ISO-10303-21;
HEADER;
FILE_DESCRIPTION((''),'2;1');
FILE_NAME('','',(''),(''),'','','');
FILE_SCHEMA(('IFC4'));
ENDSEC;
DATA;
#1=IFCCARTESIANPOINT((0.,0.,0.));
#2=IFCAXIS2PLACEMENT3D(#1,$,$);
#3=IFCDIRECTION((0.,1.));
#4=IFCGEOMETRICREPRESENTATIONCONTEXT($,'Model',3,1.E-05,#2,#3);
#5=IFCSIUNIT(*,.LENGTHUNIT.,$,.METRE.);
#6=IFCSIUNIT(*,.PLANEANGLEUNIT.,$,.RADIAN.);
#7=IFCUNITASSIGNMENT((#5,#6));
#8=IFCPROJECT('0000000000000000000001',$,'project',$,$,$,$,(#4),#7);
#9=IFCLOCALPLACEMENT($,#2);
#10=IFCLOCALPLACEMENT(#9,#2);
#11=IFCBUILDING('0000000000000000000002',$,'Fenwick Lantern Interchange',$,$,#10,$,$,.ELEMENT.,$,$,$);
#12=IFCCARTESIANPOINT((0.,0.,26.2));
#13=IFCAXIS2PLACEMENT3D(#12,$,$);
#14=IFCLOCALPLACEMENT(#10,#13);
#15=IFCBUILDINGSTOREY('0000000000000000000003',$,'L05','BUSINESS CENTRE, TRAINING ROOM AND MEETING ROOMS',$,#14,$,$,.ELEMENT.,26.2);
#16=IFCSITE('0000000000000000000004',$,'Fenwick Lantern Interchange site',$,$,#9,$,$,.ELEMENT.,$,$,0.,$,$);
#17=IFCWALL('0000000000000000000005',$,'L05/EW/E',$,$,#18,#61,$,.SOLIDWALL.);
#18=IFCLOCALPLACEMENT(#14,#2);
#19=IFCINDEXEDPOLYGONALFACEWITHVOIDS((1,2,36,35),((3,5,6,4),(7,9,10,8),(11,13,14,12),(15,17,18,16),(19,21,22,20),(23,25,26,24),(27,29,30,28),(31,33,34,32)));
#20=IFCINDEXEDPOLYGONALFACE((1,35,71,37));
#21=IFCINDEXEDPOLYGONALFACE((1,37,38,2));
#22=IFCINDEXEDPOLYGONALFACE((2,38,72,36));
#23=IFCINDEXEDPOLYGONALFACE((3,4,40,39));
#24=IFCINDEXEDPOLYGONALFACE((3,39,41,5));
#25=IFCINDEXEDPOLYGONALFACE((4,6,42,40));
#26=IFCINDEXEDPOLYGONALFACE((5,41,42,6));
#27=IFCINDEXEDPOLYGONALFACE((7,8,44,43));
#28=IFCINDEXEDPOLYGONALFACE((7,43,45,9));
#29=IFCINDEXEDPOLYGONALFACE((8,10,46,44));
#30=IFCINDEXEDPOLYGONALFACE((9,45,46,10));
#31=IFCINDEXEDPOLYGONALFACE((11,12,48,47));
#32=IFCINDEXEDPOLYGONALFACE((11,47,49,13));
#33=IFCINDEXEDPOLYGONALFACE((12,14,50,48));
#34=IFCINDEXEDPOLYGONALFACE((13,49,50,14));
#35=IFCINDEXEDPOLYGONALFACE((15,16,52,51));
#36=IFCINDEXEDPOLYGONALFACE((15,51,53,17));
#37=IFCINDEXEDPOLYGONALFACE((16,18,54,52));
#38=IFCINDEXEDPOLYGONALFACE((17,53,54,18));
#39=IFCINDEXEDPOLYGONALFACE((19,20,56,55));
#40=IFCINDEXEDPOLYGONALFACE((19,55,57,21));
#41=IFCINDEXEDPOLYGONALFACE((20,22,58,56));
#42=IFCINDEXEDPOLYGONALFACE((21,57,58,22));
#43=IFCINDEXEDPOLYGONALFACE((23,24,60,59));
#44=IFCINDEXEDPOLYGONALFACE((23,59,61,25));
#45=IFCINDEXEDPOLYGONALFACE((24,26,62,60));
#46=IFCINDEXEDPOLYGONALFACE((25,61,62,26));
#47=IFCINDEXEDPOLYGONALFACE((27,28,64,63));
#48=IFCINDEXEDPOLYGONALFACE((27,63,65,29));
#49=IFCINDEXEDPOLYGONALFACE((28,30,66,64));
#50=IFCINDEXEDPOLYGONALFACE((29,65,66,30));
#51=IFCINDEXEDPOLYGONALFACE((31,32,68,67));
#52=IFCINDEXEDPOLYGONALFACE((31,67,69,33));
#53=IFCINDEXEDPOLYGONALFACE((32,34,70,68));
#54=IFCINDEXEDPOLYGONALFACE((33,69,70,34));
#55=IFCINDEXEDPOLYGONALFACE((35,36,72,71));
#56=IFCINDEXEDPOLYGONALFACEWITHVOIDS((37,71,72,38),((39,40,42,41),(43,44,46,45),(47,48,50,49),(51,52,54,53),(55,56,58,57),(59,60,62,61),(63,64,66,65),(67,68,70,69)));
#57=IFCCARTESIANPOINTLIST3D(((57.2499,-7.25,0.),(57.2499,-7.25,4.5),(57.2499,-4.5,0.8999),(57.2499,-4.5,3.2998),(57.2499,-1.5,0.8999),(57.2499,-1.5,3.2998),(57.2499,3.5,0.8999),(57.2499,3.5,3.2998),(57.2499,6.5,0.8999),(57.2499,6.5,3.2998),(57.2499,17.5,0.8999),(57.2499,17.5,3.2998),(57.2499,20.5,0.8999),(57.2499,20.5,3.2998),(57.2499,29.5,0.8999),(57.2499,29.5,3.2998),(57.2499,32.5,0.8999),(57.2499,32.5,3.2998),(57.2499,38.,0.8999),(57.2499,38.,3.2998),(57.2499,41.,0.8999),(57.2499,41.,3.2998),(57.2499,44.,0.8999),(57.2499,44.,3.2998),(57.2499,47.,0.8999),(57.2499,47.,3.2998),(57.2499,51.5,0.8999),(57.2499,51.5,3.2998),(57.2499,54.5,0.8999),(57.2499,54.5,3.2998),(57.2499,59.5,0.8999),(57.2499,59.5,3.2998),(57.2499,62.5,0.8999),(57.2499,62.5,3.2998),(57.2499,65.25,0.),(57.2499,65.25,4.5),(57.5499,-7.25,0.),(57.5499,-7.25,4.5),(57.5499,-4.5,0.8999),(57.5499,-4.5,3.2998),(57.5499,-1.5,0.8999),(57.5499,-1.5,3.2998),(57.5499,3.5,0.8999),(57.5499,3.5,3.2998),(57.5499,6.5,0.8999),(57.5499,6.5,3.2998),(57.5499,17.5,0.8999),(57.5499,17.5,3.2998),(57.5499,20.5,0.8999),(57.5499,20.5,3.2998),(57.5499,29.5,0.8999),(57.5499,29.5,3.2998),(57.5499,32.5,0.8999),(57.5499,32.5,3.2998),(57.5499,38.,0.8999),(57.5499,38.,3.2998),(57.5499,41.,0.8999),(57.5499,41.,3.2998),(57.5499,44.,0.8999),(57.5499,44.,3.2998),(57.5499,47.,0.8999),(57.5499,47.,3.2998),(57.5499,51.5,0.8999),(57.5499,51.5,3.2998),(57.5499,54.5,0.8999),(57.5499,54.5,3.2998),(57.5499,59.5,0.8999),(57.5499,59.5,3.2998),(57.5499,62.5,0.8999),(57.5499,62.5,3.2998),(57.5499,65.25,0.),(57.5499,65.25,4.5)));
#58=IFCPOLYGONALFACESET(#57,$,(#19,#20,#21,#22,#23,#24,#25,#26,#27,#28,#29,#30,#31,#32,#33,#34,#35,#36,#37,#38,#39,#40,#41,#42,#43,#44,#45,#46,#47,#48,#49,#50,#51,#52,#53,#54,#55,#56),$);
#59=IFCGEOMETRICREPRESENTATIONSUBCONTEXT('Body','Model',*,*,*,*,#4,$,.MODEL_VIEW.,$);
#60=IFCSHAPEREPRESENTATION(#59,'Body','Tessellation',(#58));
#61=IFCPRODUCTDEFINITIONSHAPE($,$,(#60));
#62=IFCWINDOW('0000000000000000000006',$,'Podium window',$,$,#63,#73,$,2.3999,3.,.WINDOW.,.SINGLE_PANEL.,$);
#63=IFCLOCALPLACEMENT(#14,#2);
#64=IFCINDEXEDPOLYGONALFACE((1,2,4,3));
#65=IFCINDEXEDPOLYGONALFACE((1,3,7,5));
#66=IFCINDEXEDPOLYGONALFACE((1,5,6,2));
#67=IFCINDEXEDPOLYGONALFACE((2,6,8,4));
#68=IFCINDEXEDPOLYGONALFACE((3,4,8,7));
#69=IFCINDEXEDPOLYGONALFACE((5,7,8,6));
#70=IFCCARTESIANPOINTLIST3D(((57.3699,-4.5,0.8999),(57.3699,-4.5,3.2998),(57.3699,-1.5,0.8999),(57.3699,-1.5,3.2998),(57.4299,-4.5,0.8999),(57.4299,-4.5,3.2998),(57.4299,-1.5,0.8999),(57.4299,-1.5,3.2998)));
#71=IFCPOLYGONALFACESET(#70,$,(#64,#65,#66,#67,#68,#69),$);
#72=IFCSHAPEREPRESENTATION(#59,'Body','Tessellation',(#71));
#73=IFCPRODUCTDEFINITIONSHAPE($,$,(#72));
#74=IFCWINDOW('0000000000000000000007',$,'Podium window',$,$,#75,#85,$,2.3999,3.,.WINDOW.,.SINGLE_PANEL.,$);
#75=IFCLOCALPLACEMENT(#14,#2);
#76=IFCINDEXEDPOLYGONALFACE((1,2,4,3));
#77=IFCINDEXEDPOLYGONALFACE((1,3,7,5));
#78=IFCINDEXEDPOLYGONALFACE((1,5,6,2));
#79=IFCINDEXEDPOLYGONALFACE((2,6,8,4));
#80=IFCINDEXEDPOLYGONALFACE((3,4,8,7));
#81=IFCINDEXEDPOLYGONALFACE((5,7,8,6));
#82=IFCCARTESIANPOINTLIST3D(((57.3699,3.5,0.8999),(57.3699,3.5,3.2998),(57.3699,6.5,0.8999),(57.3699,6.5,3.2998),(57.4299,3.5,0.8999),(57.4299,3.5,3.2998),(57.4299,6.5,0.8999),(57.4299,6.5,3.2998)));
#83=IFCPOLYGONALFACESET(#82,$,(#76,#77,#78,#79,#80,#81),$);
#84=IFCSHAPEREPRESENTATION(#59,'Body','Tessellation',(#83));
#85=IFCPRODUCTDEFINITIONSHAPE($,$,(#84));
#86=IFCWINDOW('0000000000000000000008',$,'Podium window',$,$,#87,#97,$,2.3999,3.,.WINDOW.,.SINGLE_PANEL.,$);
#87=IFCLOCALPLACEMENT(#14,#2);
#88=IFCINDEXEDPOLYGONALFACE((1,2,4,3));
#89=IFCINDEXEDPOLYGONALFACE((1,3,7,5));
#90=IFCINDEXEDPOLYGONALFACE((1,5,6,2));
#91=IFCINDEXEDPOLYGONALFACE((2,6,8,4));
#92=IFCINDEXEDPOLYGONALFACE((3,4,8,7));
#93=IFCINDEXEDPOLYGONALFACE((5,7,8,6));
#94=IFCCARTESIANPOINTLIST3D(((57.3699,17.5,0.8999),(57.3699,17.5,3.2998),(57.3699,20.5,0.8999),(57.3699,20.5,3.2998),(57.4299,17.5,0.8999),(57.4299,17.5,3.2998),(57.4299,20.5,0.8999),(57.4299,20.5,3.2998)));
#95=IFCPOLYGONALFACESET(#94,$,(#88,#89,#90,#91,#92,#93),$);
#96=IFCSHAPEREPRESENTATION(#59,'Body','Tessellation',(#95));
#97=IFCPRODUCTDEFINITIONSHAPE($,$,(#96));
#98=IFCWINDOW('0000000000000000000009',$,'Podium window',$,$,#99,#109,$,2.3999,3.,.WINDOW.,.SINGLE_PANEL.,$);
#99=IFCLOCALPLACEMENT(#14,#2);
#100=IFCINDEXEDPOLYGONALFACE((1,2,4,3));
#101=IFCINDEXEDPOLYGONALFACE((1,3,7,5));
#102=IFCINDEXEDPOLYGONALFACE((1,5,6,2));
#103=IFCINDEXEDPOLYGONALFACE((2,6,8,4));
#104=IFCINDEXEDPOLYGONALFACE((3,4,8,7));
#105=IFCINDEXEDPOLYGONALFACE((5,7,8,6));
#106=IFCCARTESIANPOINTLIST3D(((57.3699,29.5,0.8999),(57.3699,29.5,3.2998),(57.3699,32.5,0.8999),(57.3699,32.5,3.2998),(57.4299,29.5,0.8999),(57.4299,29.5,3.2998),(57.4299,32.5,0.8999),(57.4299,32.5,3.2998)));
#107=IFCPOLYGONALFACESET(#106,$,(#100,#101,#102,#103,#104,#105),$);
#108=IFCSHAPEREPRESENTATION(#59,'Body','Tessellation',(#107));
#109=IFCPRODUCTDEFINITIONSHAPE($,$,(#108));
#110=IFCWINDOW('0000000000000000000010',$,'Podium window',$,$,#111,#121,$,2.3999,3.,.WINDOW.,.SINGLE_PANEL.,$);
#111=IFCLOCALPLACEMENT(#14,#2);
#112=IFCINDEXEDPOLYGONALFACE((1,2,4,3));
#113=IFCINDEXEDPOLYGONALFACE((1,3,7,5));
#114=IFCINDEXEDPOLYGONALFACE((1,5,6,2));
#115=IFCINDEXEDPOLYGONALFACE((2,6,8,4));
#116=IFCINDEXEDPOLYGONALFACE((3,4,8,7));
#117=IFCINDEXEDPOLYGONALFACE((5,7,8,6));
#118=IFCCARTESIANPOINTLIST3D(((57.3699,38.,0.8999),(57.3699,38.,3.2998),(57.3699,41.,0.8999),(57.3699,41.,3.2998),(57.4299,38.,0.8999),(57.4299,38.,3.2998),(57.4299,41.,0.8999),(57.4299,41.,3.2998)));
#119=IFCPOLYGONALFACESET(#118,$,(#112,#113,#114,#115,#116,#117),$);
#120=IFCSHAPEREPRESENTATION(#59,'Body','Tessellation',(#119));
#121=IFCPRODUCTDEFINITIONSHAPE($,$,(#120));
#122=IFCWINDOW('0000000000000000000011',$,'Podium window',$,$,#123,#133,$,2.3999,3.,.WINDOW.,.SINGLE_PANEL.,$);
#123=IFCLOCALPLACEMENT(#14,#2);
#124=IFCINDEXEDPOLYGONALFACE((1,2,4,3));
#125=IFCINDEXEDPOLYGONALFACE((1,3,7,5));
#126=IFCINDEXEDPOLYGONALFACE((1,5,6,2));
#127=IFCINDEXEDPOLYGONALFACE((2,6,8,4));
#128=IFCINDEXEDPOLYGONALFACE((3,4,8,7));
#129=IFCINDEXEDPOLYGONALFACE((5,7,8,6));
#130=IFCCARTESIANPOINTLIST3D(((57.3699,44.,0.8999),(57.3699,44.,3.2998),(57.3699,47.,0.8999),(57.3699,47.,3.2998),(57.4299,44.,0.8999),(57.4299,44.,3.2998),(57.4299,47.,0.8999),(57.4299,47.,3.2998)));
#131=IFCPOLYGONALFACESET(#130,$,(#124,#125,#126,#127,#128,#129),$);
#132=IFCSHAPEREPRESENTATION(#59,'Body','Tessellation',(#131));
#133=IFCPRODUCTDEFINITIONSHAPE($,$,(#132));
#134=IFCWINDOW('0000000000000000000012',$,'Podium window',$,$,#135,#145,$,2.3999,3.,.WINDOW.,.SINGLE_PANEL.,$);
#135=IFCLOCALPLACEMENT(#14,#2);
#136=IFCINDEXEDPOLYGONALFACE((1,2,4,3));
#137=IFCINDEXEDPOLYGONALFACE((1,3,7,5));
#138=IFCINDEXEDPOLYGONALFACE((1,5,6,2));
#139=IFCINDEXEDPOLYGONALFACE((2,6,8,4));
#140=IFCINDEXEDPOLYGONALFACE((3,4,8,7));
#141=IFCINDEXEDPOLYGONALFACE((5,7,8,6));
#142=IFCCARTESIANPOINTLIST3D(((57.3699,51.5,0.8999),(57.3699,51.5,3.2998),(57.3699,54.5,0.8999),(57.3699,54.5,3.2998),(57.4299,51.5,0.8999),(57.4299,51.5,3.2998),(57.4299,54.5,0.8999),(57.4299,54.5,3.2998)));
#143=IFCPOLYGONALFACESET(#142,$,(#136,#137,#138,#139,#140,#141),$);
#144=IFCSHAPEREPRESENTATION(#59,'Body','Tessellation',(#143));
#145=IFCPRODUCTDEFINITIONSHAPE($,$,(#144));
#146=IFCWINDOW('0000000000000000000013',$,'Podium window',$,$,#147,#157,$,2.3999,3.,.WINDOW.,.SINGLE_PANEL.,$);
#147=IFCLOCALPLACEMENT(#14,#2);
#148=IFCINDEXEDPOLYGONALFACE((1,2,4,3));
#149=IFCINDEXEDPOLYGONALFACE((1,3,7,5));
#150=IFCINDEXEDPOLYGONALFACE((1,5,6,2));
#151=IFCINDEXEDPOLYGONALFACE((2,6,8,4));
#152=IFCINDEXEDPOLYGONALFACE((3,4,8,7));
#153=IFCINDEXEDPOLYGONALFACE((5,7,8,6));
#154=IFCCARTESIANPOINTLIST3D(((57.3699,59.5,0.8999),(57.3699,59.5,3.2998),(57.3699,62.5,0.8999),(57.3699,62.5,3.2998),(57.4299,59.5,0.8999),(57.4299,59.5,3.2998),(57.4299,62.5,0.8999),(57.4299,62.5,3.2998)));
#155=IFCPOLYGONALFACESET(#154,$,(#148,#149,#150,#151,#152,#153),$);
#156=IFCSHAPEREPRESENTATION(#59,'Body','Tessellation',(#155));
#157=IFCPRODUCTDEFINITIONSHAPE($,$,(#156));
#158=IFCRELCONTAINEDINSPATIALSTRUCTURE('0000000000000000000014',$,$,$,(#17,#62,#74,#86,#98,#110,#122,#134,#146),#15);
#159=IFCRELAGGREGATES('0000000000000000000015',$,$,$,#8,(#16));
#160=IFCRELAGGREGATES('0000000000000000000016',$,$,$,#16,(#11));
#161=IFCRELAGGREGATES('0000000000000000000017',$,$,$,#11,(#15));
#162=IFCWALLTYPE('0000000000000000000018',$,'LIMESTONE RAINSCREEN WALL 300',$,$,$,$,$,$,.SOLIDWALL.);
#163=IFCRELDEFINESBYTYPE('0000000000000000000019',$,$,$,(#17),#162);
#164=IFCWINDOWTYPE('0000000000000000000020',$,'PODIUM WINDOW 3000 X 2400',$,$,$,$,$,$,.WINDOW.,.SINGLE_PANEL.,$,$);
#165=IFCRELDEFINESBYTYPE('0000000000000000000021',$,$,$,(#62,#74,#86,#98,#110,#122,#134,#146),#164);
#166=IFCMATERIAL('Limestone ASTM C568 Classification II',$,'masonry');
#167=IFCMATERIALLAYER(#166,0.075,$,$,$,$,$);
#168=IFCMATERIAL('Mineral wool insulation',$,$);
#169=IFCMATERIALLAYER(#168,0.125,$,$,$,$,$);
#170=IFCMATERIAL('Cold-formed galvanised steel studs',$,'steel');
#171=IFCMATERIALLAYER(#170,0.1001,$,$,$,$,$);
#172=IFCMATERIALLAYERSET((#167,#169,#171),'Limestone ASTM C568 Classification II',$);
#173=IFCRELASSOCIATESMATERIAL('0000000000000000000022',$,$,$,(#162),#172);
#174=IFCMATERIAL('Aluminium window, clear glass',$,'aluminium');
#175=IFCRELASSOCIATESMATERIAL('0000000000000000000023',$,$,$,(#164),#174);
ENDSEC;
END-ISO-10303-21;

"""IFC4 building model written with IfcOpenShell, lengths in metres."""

from ifc_helpers import new_model, si_unit, direction, frame, frame_2d, origin, place, context, subcontext, project, spatial, rectangle, extrude, material, layer, layer_set, type_object, element, fill, save


model = new_model("IFC4")

# Units and contexts
model_context = context("Model", 3, precision=1e-05, world=origin(), true_north=direction((0.0, 1.0)))
body_context = subcontext(model_context, "Body", "Model", "MODEL_VIEW")
ifc_project = project(units=[si_unit("LENGTHUNIT", "METRE"), si_unit("PLANEANGLEUNIT", "RADIAN")], contexts=[model_context])

# Site, building, storey
site_placement = place(None, origin())
site = spatial("IfcSite", under=ifc_project, at=site_placement, Name="Fenwick Lantern Interchange site", CompositionType="ELEMENT", RefElevation=0.0)
building_placement = place(site_placement, origin())
building = spatial("IfcBuilding", under=site, at=building_placement, Name="Fenwick Lantern Interchange", CompositionType="ELEMENT")
storey_placement = place(building_placement, frame((0.0, 0.0, 26.2)))
storey = spatial("IfcBuildingStorey", under=building, at=storey_placement, Name="L05", Description="BUSINESS CENTRE, TRAINING ROOM AND MEETING ROOMS", CompositionType="ELEMENT", Elevation=26.2)

# Wall, openings, windows
ifc_material_1 = material(Name="Limestone ASTM C568 Classification II", Category="masonry")
ifc_layer_1 = layer(ifc_material_1, 0.075)
ifc_material_2 = material(Name="Mineral wool insulation")
ifc_layer_2 = layer(ifc_material_2, 0.125)
ifc_material_3 = material(Name="Cold-formed galvanised steel studs", Category="steel")
ifc_layer_3 = layer(ifc_material_3, 0.1001)
ifc_layer_set_1 = layer_set([ifc_layer_1, ifc_layer_2, ifc_layer_3], Name="Limestone ASTM C568 Classification II")
wall_type_1 = type_object("IfcWallType", Name="LIMESTONE RAINSCREEN WALL 300", PredefinedType="SOLIDWALL", material=ifc_layer_set_1)
wall_1_placement = place(storey_placement, frame((57.3999, -7.25, 0.0), z_axis=(0.0, 0.0, 1.0), x_axis=(0.0, 1.0, 0.0)))
wall_1 = element("IfcWall", 1, at=wall_1_placement, inside=storey, type_object=wall_type_1, Name="L05/EW/E", PredefinedType="SOLIDWALL", context=body_context, shape_type="SweptSolid", body=[
    extrude(rectangle(XDim=72.5, YDim=0.3, at=frame_2d((36.25, 0.0))), origin(), (0.0, 0.0, 1.0), 4.5),
])
opening_1_placement = place(wall_1_placement, frame((2.75, 0.0, 0.8999)))
opening_1 = element("IfcOpeningElement", 2, at=opening_1_placement, cuts=wall_1, PredefinedType="OPENING", context=body_context, shape_type="SweptSolid", body=[
    extrude(rectangle(XDim=3.0, YDim=2.3999, at=frame_2d((1.5, 1.2))), frame((0.0, 0.1599, 0.0), z_axis=(0.0, -1.0, 0.0), x_axis=(1.0, 0.0, 0.0)), (0.0, 0.0, 1.0), 0.3201),
])
opening_2_placement = place(wall_1_placement, frame((10.75, 0.0, 0.8999)))
opening_2 = element("IfcOpeningElement", 3, at=opening_2_placement, cuts=wall_1, PredefinedType="OPENING", context=body_context, shape_type="SweptSolid", body=[
    extrude(rectangle(XDim=3.0, YDim=2.3999, at=frame_2d((1.5, 1.2))), frame((0.0, 0.1599, 0.0), z_axis=(0.0, -1.0, 0.0), x_axis=(1.0, 0.0, 0.0)), (0.0, 0.0, 1.0), 0.3201),
])
opening_3_placement = place(wall_1_placement, frame((24.75, 0.0, 0.8999)))
opening_3 = element("IfcOpeningElement", 4, at=opening_3_placement, cuts=wall_1, PredefinedType="OPENING", context=body_context, shape_type="SweptSolid", body=[
    extrude(rectangle(XDim=3.0, YDim=2.3999, at=frame_2d((1.5, 1.2))), frame((0.0, 0.1599, 0.0), z_axis=(0.0, -1.0, 0.0), x_axis=(1.0, 0.0, 0.0)), (0.0, 0.0, 1.0), 0.3201),
])
opening_4_placement = place(wall_1_placement, frame((36.75, 0.0, 0.8999)))
opening_4 = element("IfcOpeningElement", 5, at=opening_4_placement, cuts=wall_1, PredefinedType="OPENING", context=body_context, shape_type="SweptSolid", body=[
    extrude(rectangle(XDim=3.0, YDim=2.3999, at=frame_2d((1.5, 1.2))), frame((0.0, 0.1599, 0.0), z_axis=(0.0, -1.0, 0.0), x_axis=(1.0, 0.0, 0.0)), (0.0, 0.0, 1.0), 0.3201),
])
opening_5_placement = place(wall_1_placement, frame((45.25, 0.0, 0.8999)))
opening_5 = element("IfcOpeningElement", 6, at=opening_5_placement, cuts=wall_1, PredefinedType="OPENING", context=body_context, shape_type="SweptSolid", body=[
    extrude(rectangle(XDim=3.0, YDim=2.3999, at=frame_2d((1.5, 1.2))), frame((0.0, 0.1599, 0.0), z_axis=(0.0, -1.0, 0.0), x_axis=(1.0, 0.0, 0.0)), (0.0, 0.0, 1.0), 0.3201),
])
opening_6_placement = place(wall_1_placement, frame((51.25, 0.0, 0.8999)))
opening_6 = element("IfcOpeningElement", 7, at=opening_6_placement, cuts=wall_1, PredefinedType="OPENING", context=body_context, shape_type="SweptSolid", body=[
    extrude(rectangle(XDim=3.0, YDim=2.3999, at=frame_2d((1.5, 1.2))), frame((0.0, 0.1599, 0.0), z_axis=(0.0, -1.0, 0.0), x_axis=(1.0, 0.0, 0.0)), (0.0, 0.0, 1.0), 0.3201),
])
opening_7_placement = place(wall_1_placement, frame((58.75, 0.0, 0.8999)))
opening_7 = element("IfcOpeningElement", 8, at=opening_7_placement, cuts=wall_1, PredefinedType="OPENING", context=body_context, shape_type="SweptSolid", body=[
    extrude(rectangle(XDim=3.0, YDim=2.3999, at=frame_2d((1.5, 1.2))), frame((0.0, 0.1599, 0.0), z_axis=(0.0, -1.0, 0.0), x_axis=(1.0, 0.0, 0.0)), (0.0, 0.0, 1.0), 0.3201),
])
opening_8_placement = place(wall_1_placement, frame((66.75, 0.0, 0.8999)))
opening_8 = element("IfcOpeningElement", 9, at=opening_8_placement, cuts=wall_1, PredefinedType="OPENING", context=body_context, shape_type="SweptSolid", body=[
    extrude(rectangle(XDim=3.0, YDim=2.3999, at=frame_2d((1.5, 1.2))), frame((0.0, 0.1599, 0.0), z_axis=(0.0, -1.0, 0.0), x_axis=(1.0, 0.0, 0.0)), (0.0, 0.0, 1.0), 0.3201),
])
ifc_material_4 = material(Name="Aluminium window, clear glass", Category="aluminium")
window_type = type_object("IfcWindowType", Name="PODIUM WINDOW 3000 X 2400", PartitioningType="SINGLE_PANEL", PredefinedType="WINDOW", material=ifc_material_4)
window_1_placement = place(opening_1_placement, origin())
window_1 = element("IfcWindow", 10, at=window_1_placement, inside=storey, type_object=window_type, Name="Podium window", OverallHeight=2.3999, OverallWidth=3.0, PartitioningType="SINGLE_PANEL", PredefinedType="WINDOW", context=body_context, shape_type="SweptSolid", body=[
    extrude(rectangle(XDim=3.0, YDim=2.3999, at=frame_2d((1.5, 1.2))), frame((0.0, 0.03, 0.0), z_axis=(0.0, -1.0, 0.0), x_axis=(1.0, 0.0, 0.0)), (0.0, 0.0, 1.0), 0.0601),
])
fill(opening_1, window_1)
window_2_placement = place(opening_2_placement, origin())
window_2 = element("IfcWindow", 11, at=window_2_placement, inside=storey, type_object=window_type, Name="Podium window", OverallHeight=2.3999, OverallWidth=3.0, PartitioningType="SINGLE_PANEL", PredefinedType="WINDOW", context=body_context, shape_type="SweptSolid", body=[
    extrude(rectangle(XDim=3.0, YDim=2.3999, at=frame_2d((1.5, 1.2))), frame((0.0, 0.03, 0.0), z_axis=(0.0, -1.0, 0.0), x_axis=(1.0, 0.0, 0.0)), (0.0, 0.0, 1.0), 0.0601),
])
fill(opening_2, window_2)
window_3_placement = place(opening_3_placement, origin())
window_3 = element("IfcWindow", 12, at=window_3_placement, inside=storey, type_object=window_type, Name="Podium window", OverallHeight=2.3999, OverallWidth=3.0, PartitioningType="SINGLE_PANEL", PredefinedType="WINDOW", context=body_context, shape_type="SweptSolid", body=[
    extrude(rectangle(XDim=3.0, YDim=2.3999, at=frame_2d((1.5, 1.2))), frame((0.0, 0.03, 0.0), z_axis=(0.0, -1.0, 0.0), x_axis=(1.0, 0.0, 0.0)), (0.0, 0.0, 1.0), 0.0601),
])
fill(opening_3, window_3)
window_4_placement = place(opening_4_placement, origin())
window_4 = element("IfcWindow", 13, at=window_4_placement, inside=storey, type_object=window_type, Name="Podium window", OverallHeight=2.3999, OverallWidth=3.0, PartitioningType="SINGLE_PANEL", PredefinedType="WINDOW", context=body_context, shape_type="SweptSolid", body=[
    extrude(rectangle(XDim=3.0, YDim=2.3999, at=frame_2d((1.5, 1.2))), frame((0.0, 0.03, 0.0), z_axis=(0.0, -1.0, 0.0), x_axis=(1.0, 0.0, 0.0)), (0.0, 0.0, 1.0), 0.0601),
])
fill(opening_4, window_4)
window_5_placement = place(opening_5_placement, origin())
window_5 = element("IfcWindow", 14, at=window_5_placement, inside=storey, type_object=window_type, Name="Podium window", OverallHeight=2.3999, OverallWidth=3.0, PartitioningType="SINGLE_PANEL", PredefinedType="WINDOW", context=body_context, shape_type="SweptSolid", body=[
    extrude(rectangle(XDim=3.0, YDim=2.3999, at=frame_2d((1.5, 1.2))), frame((0.0, 0.03, 0.0), z_axis=(0.0, -1.0, 0.0), x_axis=(1.0, 0.0, 0.0)), (0.0, 0.0, 1.0), 0.0601),
])
fill(opening_5, window_5)
window_6_placement = place(opening_6_placement, origin())
window_6 = element("IfcWindow", 15, at=window_6_placement, inside=storey, type_object=window_type, Name="Podium window", OverallHeight=2.3999, OverallWidth=3.0, PartitioningType="SINGLE_PANEL", PredefinedType="WINDOW", context=body_context, shape_type="SweptSolid", body=[
    extrude(rectangle(XDim=3.0, YDim=2.3999, at=frame_2d((1.5, 1.2))), frame((0.0, 0.03, 0.0), z_axis=(0.0, -1.0, 0.0), x_axis=(1.0, 0.0, 0.0)), (0.0, 0.0, 1.0), 0.0601),
])
fill(opening_6, window_6)
window_7_placement = place(opening_7_placement, origin())
window_7 = element("IfcWindow", 16, at=window_7_placement, inside=storey, type_object=window_type, Name="Podium window", OverallHeight=2.3999, OverallWidth=3.0, PartitioningType="SINGLE_PANEL", PredefinedType="WINDOW", context=body_context, shape_type="SweptSolid", body=[
    extrude(rectangle(XDim=3.0, YDim=2.3999, at=frame_2d((1.5, 1.2))), frame((0.0, 0.03, 0.0), z_axis=(0.0, -1.0, 0.0), x_axis=(1.0, 0.0, 0.0)), (0.0, 0.0, 1.0), 0.0601),
])
fill(opening_7, window_7)
window_8_placement = place(opening_8_placement, origin())
window_8 = element("IfcWindow", 17, at=window_8_placement, inside=storey, type_object=window_type, Name="Podium window", OverallHeight=2.3999, OverallWidth=3.0, PartitioningType="SINGLE_PANEL", PredefinedType="WINDOW", context=body_context, shape_type="SweptSolid", body=[
    extrude(rectangle(XDim=3.0, YDim=2.3999, at=frame_2d((1.5, 1.2))), frame((0.0, 0.03, 0.0), z_axis=(0.0, -1.0, 0.0), x_axis=(1.0, 0.0, 0.0)), (0.0, 0.0, 1.0), 0.0601),
])
fill(opening_8, window_8)

save(model, "model.ifc")
